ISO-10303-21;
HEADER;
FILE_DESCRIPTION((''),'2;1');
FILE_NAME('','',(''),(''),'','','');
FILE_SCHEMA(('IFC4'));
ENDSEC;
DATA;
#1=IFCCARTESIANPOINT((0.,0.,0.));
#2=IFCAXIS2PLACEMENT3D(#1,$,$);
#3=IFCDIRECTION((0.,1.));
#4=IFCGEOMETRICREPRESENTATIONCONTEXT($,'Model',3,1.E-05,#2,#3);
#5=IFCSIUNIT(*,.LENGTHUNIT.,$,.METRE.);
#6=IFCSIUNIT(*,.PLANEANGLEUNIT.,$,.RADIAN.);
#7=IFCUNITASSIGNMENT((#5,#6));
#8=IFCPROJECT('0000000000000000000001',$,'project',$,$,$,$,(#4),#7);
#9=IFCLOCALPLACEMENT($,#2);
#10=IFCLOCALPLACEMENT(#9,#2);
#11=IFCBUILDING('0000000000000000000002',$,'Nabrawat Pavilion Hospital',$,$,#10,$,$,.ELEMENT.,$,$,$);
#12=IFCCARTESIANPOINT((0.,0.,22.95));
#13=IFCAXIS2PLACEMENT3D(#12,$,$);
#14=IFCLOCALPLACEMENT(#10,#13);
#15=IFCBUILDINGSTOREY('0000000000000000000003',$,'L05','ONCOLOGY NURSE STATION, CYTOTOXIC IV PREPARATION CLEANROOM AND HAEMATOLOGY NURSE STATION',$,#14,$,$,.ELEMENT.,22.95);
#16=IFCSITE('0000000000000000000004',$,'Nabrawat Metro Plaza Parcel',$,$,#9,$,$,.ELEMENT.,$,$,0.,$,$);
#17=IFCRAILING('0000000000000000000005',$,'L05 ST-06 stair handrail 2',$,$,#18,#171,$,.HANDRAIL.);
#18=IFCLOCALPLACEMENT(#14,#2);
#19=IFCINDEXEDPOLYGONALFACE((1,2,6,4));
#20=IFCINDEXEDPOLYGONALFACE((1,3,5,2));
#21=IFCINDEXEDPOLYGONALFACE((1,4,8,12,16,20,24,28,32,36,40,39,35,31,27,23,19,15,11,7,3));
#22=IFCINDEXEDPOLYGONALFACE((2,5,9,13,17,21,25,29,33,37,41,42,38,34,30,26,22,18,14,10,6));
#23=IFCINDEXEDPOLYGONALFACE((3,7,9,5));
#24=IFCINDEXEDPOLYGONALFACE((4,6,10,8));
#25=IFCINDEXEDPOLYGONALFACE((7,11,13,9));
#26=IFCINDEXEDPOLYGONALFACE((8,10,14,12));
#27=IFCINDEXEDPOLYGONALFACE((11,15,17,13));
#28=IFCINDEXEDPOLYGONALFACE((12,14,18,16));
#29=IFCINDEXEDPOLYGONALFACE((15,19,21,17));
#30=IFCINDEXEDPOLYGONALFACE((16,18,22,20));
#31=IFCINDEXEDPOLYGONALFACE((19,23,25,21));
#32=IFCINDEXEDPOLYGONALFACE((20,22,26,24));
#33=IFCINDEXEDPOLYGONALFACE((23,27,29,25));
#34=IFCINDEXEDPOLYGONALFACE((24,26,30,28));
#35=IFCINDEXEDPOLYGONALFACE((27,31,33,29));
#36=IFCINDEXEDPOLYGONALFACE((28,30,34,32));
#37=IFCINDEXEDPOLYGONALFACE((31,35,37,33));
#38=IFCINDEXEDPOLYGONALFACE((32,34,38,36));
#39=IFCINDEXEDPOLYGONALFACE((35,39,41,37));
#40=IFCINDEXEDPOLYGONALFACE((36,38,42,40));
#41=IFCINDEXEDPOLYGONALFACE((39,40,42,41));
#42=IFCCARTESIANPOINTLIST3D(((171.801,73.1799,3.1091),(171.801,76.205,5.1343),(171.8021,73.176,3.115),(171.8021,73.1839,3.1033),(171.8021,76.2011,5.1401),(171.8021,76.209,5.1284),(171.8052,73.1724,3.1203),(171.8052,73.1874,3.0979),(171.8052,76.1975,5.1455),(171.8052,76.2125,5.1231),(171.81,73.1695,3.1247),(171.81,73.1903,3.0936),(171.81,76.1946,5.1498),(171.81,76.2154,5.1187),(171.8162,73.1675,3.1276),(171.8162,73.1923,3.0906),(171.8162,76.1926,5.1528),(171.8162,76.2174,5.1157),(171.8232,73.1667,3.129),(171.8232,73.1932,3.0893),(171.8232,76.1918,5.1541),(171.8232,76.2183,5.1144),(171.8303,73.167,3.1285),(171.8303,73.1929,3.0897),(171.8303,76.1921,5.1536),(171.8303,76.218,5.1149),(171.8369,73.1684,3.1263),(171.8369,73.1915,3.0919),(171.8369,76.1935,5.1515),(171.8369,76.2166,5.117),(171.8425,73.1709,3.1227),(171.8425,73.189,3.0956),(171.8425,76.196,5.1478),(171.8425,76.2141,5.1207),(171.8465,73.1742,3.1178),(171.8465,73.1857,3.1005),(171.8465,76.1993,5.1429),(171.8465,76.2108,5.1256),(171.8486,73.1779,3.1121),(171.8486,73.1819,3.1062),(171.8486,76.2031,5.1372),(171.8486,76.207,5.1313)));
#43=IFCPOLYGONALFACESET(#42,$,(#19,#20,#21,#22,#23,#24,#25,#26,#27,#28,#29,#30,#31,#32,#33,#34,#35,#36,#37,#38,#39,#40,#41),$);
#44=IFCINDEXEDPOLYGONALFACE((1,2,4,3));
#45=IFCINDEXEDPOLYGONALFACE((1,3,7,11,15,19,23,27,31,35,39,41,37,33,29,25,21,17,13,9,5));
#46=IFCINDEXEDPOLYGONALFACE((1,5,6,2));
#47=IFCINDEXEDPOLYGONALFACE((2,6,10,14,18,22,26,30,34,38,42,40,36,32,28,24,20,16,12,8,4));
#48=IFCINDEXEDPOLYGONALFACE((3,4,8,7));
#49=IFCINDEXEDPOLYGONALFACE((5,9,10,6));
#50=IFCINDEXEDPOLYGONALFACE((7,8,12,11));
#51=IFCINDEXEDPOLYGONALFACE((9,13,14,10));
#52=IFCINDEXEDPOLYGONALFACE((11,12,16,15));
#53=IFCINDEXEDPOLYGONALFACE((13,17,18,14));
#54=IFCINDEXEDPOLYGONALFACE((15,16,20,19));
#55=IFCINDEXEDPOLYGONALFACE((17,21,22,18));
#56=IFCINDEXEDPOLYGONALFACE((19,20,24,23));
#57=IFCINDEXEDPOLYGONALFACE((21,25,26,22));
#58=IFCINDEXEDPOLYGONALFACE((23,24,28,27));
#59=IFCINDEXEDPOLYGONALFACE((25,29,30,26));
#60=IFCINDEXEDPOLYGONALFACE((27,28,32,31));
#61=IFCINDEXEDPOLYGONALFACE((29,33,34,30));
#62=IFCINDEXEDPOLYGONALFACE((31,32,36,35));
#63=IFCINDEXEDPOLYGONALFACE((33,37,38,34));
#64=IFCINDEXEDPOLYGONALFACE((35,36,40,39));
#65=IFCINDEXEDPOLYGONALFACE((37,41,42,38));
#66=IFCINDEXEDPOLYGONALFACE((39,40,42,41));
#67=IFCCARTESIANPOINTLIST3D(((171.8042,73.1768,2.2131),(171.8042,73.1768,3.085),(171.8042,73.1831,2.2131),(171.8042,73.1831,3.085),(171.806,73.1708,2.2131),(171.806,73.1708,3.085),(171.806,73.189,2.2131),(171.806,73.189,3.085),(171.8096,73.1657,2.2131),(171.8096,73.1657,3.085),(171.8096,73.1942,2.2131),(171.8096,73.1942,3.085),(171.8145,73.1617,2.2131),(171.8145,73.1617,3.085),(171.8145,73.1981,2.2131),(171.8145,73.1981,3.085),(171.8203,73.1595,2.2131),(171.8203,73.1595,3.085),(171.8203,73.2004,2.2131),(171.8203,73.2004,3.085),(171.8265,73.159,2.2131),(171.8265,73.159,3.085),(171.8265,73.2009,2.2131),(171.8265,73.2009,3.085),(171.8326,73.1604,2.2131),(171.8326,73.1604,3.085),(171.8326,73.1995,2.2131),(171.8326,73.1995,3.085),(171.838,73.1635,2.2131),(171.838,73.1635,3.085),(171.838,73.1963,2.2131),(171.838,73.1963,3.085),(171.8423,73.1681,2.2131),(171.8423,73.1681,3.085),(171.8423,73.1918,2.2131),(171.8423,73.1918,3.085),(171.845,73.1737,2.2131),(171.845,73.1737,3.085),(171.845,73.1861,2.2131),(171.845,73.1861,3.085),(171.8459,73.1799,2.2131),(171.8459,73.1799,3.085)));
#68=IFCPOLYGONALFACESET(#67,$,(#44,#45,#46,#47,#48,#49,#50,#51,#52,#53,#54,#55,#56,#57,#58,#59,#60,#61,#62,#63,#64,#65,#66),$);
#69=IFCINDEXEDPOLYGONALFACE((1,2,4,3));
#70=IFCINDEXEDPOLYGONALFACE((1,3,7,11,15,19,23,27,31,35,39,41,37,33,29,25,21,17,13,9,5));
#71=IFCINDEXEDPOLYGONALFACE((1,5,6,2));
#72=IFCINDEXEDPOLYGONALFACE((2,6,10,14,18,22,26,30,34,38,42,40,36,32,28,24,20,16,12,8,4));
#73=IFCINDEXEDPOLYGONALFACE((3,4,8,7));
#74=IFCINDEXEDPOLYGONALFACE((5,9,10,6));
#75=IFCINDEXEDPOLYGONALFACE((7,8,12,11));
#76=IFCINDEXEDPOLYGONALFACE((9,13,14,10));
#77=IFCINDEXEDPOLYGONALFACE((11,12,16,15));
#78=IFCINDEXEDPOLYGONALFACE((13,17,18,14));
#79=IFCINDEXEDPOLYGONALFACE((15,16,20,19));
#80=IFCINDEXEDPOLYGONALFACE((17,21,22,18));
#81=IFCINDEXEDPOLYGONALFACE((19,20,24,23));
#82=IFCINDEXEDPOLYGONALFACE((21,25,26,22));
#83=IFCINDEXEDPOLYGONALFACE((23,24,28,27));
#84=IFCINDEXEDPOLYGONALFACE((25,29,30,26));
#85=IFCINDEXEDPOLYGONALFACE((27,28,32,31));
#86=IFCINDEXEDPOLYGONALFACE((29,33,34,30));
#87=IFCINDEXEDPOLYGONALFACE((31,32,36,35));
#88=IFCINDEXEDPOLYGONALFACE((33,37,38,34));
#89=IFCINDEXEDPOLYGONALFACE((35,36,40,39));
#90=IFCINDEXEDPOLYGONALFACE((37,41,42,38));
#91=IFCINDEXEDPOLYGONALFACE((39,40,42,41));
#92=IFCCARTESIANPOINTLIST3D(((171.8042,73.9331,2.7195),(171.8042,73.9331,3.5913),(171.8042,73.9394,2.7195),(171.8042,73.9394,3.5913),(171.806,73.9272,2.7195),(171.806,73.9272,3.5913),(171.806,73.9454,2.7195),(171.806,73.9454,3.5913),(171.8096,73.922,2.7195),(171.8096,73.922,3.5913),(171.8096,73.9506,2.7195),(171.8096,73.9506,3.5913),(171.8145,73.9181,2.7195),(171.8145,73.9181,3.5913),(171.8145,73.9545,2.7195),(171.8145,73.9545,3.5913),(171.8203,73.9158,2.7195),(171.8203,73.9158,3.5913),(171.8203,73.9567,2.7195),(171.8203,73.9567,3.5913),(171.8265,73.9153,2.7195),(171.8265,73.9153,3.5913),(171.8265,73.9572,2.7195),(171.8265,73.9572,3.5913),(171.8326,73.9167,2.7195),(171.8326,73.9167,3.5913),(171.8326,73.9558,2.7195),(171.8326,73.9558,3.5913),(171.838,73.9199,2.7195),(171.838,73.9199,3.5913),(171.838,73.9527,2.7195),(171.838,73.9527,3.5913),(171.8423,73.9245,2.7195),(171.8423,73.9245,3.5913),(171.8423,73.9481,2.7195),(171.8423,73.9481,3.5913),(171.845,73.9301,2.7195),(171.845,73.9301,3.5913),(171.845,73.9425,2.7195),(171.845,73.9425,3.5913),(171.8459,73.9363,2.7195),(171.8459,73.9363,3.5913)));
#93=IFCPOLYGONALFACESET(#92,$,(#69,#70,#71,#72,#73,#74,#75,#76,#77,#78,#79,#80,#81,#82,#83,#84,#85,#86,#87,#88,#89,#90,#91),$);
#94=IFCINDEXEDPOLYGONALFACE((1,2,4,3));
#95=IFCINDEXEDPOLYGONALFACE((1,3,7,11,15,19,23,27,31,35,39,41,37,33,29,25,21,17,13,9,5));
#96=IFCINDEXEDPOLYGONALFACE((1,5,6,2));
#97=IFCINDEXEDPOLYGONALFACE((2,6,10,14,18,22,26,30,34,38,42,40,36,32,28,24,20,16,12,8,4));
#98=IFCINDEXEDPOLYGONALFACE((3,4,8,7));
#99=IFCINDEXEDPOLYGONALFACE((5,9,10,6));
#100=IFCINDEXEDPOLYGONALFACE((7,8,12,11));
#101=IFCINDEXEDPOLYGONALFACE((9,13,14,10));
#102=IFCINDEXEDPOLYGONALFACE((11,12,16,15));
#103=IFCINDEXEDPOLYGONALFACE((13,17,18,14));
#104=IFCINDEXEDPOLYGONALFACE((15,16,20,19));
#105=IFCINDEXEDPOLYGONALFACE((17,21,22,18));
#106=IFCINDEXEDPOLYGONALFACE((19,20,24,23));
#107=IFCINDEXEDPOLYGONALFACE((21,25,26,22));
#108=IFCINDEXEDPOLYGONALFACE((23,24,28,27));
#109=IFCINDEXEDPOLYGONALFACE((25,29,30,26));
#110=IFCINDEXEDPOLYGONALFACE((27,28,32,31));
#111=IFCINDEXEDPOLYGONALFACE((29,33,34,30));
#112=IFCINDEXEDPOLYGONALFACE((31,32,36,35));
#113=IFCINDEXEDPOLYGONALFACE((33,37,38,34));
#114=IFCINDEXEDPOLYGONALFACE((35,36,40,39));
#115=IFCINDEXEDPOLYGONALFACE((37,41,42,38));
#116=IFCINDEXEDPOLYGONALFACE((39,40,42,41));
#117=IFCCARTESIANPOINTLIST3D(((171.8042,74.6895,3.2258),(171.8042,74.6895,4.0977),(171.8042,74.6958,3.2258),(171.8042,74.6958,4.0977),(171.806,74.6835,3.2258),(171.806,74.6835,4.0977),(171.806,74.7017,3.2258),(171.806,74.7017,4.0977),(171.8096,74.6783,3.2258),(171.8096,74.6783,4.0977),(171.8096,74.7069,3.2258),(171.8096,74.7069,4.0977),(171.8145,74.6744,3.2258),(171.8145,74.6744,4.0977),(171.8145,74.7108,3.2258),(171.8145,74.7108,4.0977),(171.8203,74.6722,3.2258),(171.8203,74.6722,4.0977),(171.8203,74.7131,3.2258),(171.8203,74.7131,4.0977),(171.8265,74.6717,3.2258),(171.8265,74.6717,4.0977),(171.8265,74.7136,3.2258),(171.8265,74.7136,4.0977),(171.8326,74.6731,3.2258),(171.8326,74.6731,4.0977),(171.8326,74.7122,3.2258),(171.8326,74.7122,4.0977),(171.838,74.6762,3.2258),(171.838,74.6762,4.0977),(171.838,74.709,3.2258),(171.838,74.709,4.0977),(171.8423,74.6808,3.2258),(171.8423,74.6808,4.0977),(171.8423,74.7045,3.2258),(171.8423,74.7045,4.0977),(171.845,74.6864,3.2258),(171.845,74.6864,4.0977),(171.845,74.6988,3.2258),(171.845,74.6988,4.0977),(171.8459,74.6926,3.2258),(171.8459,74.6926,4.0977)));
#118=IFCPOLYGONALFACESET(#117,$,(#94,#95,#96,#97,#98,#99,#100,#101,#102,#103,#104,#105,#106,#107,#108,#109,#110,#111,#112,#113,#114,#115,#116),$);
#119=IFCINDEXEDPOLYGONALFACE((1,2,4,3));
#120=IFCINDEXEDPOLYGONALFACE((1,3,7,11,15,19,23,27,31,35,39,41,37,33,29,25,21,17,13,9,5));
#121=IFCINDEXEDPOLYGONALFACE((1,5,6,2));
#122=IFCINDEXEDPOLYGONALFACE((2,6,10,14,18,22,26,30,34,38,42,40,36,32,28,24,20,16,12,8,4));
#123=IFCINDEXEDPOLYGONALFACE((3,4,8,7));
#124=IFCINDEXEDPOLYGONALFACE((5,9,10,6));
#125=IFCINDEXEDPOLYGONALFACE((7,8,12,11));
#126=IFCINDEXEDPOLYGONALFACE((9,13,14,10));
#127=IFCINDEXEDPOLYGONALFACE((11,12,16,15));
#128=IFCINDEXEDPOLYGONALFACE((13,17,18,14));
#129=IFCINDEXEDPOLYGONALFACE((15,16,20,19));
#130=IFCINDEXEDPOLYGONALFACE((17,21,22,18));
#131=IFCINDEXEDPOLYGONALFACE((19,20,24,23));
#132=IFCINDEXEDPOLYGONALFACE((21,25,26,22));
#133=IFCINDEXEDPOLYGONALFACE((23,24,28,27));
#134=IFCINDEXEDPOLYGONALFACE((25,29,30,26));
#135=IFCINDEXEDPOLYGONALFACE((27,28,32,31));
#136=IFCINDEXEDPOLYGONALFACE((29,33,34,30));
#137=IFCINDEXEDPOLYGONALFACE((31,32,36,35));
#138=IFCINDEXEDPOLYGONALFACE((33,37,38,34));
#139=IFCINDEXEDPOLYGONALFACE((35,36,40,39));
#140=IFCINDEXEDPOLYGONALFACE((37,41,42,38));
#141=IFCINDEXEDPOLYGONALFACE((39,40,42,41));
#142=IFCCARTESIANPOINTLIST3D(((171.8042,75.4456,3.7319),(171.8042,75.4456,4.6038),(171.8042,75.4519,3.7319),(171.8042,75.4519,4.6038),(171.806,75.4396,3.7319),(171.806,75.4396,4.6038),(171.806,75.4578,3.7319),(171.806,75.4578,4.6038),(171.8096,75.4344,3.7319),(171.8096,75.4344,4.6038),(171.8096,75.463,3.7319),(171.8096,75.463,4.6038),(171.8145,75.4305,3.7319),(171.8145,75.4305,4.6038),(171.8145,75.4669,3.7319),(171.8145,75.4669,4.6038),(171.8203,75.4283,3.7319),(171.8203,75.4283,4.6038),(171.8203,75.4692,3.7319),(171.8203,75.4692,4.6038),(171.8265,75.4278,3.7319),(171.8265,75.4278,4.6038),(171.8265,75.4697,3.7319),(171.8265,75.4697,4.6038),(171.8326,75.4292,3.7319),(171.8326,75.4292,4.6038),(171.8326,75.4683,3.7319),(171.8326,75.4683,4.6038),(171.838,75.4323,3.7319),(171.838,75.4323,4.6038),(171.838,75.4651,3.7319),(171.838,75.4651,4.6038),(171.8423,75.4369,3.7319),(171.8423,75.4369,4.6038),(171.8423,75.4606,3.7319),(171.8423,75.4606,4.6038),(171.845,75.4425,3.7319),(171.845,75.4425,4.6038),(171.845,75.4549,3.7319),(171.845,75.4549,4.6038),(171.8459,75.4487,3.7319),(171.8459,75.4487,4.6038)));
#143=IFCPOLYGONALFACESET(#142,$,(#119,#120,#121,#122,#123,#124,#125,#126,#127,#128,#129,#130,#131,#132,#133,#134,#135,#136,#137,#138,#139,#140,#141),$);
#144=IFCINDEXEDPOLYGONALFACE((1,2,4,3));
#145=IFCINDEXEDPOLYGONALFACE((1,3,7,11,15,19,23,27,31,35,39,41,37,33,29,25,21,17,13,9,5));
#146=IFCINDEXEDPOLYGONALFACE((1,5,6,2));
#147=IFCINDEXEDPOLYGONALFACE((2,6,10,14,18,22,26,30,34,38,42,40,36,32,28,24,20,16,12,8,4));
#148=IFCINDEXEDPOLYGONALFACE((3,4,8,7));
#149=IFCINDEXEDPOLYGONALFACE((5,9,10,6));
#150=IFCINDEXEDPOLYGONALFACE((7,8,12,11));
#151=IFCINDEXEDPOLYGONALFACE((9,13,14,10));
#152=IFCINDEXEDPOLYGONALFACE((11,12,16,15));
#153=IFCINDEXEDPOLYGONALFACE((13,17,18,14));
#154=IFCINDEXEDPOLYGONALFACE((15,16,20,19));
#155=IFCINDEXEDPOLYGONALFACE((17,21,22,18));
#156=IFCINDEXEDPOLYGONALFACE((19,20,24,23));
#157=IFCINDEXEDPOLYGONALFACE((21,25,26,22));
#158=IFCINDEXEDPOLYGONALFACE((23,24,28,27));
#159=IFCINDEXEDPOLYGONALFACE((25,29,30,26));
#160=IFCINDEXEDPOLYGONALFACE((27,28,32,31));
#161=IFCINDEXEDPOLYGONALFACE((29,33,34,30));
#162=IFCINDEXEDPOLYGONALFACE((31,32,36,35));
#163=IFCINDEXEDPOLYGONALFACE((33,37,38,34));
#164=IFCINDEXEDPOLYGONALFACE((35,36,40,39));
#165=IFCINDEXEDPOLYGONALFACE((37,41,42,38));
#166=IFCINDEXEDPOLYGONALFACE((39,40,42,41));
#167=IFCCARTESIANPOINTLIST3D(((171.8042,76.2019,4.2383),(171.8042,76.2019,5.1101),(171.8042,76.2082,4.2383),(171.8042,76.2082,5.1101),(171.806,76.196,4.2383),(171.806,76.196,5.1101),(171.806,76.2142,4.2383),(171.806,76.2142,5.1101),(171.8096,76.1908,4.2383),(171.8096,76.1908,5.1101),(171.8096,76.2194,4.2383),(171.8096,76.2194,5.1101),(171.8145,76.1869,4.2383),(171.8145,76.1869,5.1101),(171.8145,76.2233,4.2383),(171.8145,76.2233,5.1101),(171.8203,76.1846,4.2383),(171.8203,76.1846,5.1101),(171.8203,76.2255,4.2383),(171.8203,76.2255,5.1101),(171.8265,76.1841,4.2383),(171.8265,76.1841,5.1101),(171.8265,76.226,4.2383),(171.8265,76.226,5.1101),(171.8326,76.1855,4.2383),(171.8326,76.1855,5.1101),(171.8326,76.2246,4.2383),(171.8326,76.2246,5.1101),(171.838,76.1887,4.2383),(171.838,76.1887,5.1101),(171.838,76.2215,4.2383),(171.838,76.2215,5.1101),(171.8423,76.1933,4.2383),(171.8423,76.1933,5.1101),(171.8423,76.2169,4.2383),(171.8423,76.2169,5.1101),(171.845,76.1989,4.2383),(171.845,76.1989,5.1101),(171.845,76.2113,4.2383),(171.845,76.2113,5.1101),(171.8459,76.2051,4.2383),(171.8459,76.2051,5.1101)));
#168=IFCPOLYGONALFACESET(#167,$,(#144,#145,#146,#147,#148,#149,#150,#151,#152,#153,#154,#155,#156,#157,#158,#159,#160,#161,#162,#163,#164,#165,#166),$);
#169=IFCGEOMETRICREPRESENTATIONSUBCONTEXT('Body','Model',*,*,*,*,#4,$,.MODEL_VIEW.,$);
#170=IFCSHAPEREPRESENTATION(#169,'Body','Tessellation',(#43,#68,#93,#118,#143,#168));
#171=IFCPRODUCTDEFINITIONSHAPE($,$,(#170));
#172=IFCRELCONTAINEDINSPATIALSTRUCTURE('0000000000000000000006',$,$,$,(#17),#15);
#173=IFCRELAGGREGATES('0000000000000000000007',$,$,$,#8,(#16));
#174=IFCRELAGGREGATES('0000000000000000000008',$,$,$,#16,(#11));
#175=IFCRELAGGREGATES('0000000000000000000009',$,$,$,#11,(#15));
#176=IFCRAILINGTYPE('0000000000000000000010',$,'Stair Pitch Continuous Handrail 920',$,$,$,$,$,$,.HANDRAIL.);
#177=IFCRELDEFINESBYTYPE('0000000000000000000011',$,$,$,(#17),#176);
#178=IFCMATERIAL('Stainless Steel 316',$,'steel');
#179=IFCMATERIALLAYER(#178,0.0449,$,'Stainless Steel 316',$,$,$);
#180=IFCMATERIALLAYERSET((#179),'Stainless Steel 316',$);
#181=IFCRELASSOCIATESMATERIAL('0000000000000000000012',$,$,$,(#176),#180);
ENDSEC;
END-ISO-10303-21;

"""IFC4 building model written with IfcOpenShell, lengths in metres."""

from ifc_helpers import new_model, si_unit, direction, frame, origin, origin_2d, place, context, subcontext, project, spatial, circle, extrude, material, layer, layer_set, type_object, element, save


model = new_model("IFC4")

# Units and contexts
model_context = context("Model", 3, precision=1e-05, world=origin(), true_north=direction((0.0, 1.0)))
body_context = subcontext(model_context, "Body", "Model", "MODEL_VIEW")
ifc_project = project(units=[si_unit("LENGTHUNIT", "METRE"), si_unit("PLANEANGLEUNIT", "RADIAN")], contexts=[model_context])

# Site, building, storey
site_placement = place(None, origin())
site = spatial("IfcSite", under=ifc_project, at=site_placement, Name="Nabrawat Metro Plaza Parcel", CompositionType="ELEMENT", RefElevation=0.0)
building_placement = place(site_placement, origin())
building = spatial("IfcBuilding", under=site, at=building_placement, Name="Nabrawat Pavilion Hospital", CompositionType="ELEMENT")
storey_placement = place(building_placement, frame((0.0, 0.0, 22.95)))
storey = spatial("IfcBuildingStorey", under=building, at=storey_placement, Name="L05", Description="ONCOLOGY NURSE STATION, CYTOTOXIC IV PREPARATION CLEANROOM AND HAEMATOLOGY NURSE STATION", CompositionType="ELEMENT", Elevation=22.95)

# Railing
ifc_material_1 = material(Name="Stainless Steel 316", Category="steel")
ifc_layer_1 = layer(ifc_material_1, 0.0449, Name="Stainless Steel 316")
ifc_layer_set_1 = layer_set([ifc_layer_1], Name="Stainless Steel 316")
railing_type_1 = type_object("IfcRailingType", Name="Stair Pitch Continuous Handrail 920", PredefinedType="HANDRAIL", material=ifc_layer_set_1)
railing_1_placement = place(storey_placement, frame((171.825, 73.1799, 2.2131)))
element("IfcRailing", 1, at=railing_1_placement, inside=storey, type_object=railing_type_1, Name="L05 ST-06 stair handrail 2", PredefinedType="HANDRAIL", context=body_context, shape_type="SweptSolid", body=[
    extrude(circle(Radius=0.0239, at=origin_2d()), frame((0.0, 0.0, 0.896), z_axis=(0.0, 0.830986, 0.556293), x_axis=(-1.0, 0.0, 0.0)), (0.0, 0.0, 1.0), 3.6404),
    extrude(circle(Radius=0.021, at=origin_2d()), origin(), (0.0, 0.0, 1.0), 0.8718),
    extrude(circle(Radius=0.021, at=origin_2d()), frame((0.0, 0.7563, 0.5063)), (0.0, 0.0, 1.0), 0.8718),
    extrude(circle(Radius=0.021, at=origin_2d()), frame((0.0, 1.5127, 1.0127)), (0.0, 0.0, 1.0), 0.8718),
    extrude(circle(Radius=0.021, at=origin_2d()), frame((0.0, 2.2688, 1.5188)), (0.0, 0.0, 1.0), 0.8718),
    extrude(circle(Radius=0.021, at=origin_2d()), frame((0.0, 3.0251, 2.0251)), (0.0, 0.0, 1.0), 0.8718),
])

save(model, "model.ifc")
